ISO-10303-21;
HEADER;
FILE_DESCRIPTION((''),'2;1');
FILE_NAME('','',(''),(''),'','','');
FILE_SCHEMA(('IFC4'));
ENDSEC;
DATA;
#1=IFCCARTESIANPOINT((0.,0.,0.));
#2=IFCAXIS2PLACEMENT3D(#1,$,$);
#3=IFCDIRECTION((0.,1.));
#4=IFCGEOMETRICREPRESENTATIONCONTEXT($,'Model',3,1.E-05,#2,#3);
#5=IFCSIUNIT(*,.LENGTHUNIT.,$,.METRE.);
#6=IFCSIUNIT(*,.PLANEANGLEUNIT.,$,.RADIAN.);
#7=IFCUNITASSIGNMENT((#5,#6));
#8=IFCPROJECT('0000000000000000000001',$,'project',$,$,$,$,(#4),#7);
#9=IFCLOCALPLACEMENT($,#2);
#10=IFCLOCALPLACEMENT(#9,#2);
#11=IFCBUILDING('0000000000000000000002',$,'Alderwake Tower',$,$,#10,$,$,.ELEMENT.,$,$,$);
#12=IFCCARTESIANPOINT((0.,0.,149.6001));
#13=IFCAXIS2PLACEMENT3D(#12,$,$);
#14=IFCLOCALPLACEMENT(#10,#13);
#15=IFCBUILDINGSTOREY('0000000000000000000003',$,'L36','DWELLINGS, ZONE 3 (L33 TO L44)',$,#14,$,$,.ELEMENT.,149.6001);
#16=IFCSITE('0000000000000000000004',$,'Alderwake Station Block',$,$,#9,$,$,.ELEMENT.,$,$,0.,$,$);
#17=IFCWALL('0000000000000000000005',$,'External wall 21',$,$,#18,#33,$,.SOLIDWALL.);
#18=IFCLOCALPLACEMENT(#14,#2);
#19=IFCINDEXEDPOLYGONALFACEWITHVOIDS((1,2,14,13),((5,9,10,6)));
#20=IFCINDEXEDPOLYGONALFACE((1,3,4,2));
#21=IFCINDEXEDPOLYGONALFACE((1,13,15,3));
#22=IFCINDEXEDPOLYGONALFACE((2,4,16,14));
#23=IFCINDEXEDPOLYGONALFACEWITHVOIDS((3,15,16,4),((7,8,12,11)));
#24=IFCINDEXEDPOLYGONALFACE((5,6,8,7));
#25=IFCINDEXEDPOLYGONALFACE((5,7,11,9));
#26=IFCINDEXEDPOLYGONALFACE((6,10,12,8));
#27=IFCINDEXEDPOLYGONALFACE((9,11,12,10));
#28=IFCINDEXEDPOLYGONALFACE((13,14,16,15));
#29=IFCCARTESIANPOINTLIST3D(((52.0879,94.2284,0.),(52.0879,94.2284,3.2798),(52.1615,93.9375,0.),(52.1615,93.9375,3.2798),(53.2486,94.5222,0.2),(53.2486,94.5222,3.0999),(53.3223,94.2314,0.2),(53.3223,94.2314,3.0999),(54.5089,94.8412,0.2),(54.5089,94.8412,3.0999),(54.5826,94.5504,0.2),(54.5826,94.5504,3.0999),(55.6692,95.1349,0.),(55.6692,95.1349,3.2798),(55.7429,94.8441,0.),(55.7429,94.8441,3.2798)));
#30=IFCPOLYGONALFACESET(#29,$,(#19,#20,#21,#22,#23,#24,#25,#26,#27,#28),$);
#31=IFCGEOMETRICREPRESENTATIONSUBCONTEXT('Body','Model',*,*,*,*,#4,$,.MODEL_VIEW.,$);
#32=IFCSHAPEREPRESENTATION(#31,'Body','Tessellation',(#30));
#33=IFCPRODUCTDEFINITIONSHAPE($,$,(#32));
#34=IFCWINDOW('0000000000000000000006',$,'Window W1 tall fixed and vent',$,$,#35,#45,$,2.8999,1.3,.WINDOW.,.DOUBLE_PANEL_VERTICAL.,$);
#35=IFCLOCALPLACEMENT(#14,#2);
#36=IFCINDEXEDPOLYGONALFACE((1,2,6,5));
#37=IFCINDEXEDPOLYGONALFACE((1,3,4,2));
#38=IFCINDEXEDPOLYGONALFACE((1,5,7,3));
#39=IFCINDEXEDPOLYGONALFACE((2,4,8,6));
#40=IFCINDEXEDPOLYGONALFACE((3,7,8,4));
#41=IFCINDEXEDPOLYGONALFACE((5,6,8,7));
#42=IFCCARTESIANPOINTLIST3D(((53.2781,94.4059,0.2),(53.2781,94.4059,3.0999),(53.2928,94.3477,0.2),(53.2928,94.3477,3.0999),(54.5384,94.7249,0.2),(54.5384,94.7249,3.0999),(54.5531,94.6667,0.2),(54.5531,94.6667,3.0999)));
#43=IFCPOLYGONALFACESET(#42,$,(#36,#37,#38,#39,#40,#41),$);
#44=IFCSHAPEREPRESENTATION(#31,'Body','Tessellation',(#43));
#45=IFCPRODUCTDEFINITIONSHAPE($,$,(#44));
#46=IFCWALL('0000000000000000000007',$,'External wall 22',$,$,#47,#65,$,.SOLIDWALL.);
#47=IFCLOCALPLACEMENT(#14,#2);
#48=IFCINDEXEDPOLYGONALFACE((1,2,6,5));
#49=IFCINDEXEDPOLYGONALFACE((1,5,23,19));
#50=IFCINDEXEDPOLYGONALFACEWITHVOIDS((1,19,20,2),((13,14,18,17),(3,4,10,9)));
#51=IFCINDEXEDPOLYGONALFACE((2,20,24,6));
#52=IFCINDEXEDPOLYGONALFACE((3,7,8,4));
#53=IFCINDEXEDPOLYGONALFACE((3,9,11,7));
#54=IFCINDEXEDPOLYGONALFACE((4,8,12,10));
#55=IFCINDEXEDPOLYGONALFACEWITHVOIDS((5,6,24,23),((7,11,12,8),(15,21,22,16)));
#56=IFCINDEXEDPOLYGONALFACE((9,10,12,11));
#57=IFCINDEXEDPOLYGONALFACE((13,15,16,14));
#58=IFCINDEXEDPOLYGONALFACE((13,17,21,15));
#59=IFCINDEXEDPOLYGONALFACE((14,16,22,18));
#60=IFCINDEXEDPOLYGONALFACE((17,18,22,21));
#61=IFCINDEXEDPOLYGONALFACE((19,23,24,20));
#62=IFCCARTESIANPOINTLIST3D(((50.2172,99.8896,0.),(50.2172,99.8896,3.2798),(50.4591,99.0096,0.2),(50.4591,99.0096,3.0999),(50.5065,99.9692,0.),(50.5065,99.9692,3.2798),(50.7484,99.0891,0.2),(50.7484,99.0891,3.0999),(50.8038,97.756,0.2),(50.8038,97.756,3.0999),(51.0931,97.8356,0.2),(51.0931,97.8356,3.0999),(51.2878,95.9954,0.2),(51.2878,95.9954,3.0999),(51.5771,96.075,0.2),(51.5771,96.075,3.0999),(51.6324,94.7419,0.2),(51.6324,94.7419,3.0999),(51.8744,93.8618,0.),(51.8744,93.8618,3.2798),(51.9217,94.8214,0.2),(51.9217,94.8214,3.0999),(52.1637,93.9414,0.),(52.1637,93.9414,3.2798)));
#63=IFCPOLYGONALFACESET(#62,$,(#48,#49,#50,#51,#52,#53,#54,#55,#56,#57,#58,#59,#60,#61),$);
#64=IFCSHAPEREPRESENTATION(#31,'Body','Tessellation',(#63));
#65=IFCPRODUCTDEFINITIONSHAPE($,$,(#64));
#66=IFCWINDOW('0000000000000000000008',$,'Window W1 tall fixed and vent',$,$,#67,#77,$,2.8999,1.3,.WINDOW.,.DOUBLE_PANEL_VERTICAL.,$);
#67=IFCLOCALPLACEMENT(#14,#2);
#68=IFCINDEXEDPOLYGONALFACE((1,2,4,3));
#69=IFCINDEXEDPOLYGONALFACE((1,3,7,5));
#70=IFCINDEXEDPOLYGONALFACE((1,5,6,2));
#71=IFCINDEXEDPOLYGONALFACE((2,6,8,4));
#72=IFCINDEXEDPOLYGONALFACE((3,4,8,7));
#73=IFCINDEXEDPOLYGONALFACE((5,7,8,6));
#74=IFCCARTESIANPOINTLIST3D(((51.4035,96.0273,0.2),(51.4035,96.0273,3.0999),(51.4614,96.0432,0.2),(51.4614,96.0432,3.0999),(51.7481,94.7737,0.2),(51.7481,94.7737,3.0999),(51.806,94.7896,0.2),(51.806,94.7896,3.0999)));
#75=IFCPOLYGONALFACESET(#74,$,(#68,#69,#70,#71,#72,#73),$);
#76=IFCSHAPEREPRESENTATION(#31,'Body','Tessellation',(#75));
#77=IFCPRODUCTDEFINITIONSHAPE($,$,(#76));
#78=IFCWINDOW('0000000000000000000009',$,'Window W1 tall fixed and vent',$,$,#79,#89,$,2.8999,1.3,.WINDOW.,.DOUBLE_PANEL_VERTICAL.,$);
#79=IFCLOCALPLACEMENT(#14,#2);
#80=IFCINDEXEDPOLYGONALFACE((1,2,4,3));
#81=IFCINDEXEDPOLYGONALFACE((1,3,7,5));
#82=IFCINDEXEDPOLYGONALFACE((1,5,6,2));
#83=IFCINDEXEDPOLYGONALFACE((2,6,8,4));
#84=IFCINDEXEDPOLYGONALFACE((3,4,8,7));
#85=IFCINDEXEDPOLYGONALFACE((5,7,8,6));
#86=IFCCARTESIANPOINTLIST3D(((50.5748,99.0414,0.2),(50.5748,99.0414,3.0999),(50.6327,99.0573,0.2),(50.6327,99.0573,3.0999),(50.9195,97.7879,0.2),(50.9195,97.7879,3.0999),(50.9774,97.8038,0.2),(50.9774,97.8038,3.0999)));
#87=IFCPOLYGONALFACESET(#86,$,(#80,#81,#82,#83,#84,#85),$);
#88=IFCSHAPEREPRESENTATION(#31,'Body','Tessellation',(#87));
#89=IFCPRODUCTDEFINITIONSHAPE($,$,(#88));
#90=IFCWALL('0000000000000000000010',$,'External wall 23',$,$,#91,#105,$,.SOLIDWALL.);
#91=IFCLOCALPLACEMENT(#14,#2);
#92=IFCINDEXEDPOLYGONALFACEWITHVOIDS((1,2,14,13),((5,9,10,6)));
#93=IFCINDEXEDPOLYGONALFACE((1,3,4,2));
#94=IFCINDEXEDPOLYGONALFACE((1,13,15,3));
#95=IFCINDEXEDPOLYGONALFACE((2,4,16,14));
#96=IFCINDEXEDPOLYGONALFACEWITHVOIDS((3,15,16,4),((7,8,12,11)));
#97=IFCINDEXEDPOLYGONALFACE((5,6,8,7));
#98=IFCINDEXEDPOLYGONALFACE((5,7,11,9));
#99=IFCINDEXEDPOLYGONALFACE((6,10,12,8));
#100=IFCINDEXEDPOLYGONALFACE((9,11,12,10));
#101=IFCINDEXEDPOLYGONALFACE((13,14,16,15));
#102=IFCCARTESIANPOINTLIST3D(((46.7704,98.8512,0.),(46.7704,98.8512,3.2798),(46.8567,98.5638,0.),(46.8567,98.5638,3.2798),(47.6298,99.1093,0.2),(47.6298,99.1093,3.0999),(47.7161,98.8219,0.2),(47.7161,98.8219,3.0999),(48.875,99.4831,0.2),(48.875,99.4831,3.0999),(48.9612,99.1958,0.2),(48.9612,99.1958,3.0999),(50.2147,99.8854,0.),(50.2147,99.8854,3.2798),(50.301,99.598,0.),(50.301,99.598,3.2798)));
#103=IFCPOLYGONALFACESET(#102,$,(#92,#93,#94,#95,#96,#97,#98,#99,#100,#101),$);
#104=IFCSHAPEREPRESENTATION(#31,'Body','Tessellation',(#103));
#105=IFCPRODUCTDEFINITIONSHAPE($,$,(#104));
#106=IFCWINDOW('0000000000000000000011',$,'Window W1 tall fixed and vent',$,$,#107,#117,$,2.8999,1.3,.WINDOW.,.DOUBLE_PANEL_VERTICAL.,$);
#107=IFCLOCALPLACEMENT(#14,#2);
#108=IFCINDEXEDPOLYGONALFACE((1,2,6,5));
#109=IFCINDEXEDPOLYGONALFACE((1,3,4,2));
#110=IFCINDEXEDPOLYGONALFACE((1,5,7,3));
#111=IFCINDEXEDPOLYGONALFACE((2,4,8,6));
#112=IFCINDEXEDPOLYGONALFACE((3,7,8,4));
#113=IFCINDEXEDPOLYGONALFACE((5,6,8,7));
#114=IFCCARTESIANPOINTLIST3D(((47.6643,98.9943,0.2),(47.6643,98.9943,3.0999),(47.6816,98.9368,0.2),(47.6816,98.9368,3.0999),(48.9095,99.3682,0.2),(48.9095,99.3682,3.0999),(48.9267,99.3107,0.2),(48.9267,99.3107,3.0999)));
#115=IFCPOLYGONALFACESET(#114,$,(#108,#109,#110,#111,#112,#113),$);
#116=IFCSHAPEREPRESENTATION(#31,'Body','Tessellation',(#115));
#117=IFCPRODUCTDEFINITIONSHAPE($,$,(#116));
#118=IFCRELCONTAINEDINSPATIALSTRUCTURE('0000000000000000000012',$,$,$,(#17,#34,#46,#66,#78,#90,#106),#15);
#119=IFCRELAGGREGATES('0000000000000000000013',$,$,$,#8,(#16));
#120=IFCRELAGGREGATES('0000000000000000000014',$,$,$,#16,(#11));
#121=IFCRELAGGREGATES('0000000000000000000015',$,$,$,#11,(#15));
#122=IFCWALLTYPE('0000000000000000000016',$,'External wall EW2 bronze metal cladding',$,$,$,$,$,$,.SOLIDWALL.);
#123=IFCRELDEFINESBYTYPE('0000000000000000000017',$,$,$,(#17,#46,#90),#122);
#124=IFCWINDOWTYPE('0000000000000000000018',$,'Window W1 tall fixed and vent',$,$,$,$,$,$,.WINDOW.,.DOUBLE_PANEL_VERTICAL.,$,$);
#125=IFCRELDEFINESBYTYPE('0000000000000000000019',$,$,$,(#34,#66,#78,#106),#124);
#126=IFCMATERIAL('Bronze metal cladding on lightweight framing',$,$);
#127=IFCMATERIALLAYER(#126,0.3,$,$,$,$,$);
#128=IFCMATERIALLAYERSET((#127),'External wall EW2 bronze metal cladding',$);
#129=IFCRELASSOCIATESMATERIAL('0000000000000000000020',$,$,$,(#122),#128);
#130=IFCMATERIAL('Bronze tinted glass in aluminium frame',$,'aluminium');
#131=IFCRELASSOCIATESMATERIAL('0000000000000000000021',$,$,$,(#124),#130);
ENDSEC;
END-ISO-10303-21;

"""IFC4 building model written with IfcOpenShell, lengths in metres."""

from ifc_helpers import new_model, si_unit, direction, frame, frame_2d, origin, place, context, subcontext, project, spatial, rectangle, extrude, material, layer, layer_set, type_object, element, fill, save


model = new_model("IFC4")

# Units and contexts
model_context = context("Model", 3, precision=1e-05, world=origin(), true_north=direction((0.0, 1.0)))
body_context = subcontext(model_context, "Body", "Model", "MODEL_VIEW")
ifc_project = project(units=[si_unit("LENGTHUNIT", "METRE"), si_unit("PLANEANGLEUNIT", "RADIAN")], contexts=[model_context])

# Site, building, storey
site_placement = place(None, origin())
site = spatial("IfcSite", under=ifc_project, at=site_placement, Name="Alderwake Station Block", CompositionType="ELEMENT", RefElevation=0.0)
building_placement = place(site_placement, origin())
building = spatial("IfcBuilding", under=site, at=building_placement, Name="Alderwake Tower", CompositionType="ELEMENT")
storey_placement = place(building_placement, frame((0.0, 0.0, 149.6001)))
storey = spatial("IfcBuildingStorey", under=building, at=storey_placement, Name="L36", Description="DWELLINGS, ZONE 3 (L33 TO L44)", CompositionType="ELEMENT", Elevation=149.6001)

# Wall, opening, window
ifc_material_1 = material(Name="Bronze metal cladding on lightweight framing")
ifc_layer_1 = layer(ifc_material_1, 0.3)
ifc_layer_set_1 = layer_set([ifc_layer_1], Name="External wall EW2 bronze metal cladding")
wall_type_1 = type_object("IfcWallType", Name="External wall EW2 bronze metal cladding", PredefinedType="SOLIDWALL", material=ifc_layer_set_1)
wall_1_placement = place(storey_placement, frame((55.7061, 94.9895, 0.0), z_axis=(0.0, 0.0, 1.0), x_axis=(-0.969427, -0.24538, 0.0)))
wall_1 = element("IfcWall", 1, at=wall_1_placement, inside=storey, type_object=wall_type_1, Name="External wall 21", PredefinedType="SOLIDWALL", context=body_context, shape_type="SweptSolid", body=[
    extrude(rectangle(XDim=3.6943, YDim=0.3, at=frame_2d((1.8472, 0.0))), origin(), (0.0, 0.0, 1.0), 3.2798),
])
opening_1_placement = place(wall_1_placement, frame((1.197, 0.0, 0.2)))
opening_1 = element("IfcOpeningElement", 2, at=opening_1_placement, cuts=wall_1, PredefinedType="OPENING", context=body_context, shape_type="SweptSolid", body=[
    extrude(rectangle(XDim=1.3, YDim=2.8999, at=frame_2d((0.6499, 1.45))), frame((0.0, 0.1599, 0.0), z_axis=(0.0, -1.0, 0.0), x_axis=(1.0, 0.0, 0.0)), (0.0, 0.0, 1.0), 0.3201),
])
ifc_material_2 = material(Name="Bronze tinted glass in aluminium frame", Category="aluminium")
window_type = type_object("IfcWindowType", Name="Window W1 tall fixed and vent", PartitioningType="DOUBLE_PANEL_VERTICAL", PredefinedType="WINDOW", material=ifc_material_2)
window_1_placement = place(opening_1_placement, origin())
window_1 = element("IfcWindow", 3, at=window_1_placement, inside=storey, type_object=window_type, Name="Window W1 tall fixed and vent", OverallHeight=2.8999, OverallWidth=1.3, PartitioningType="DOUBLE_PANEL_VERTICAL", PredefinedType="WINDOW", context=body_context, shape_type="SweptSolid", body=[
    extrude(rectangle(XDim=1.3, YDim=2.8999, at=frame_2d((0.6499, 1.45))), frame((0.0, 0.03, 0.0), z_axis=(0.0, -1.0, 0.0), x_axis=(1.0, 0.0, 0.0)), (0.0, 0.0, 1.0), 0.0601),
])
fill(opening_1, window_1)

# Wall, openings, windows
wall_2_placement = place(storey_placement, frame((52.019, 93.9016, 0.0), z_axis=(0.0, 0.0, 1.0), x_axis=(-0.265093, 0.964223, 0.0)))
wall_2 = element("IfcWall", 4, at=wall_2_placement, inside=storey, type_object=wall_type_1, Name="External wall 22", PredefinedType="SOLIDWALL", context=body_context, shape_type="SweptSolid", body=[
    extrude(rectangle(XDim=6.2515, YDim=0.3, at=frame_2d((3.1257, 0.0))), origin(), (0.0, 0.0, 1.0), 3.2798),
])
opening_2_placement = place(wall_2_placement, frame((0.9128, 0.0, 0.2)))
opening_2 = element("IfcOpeningElement", 5, at=opening_2_placement, cuts=wall_2, PredefinedType="OPENING", context=body_context, shape_type="SweptSolid", body=[
    extrude(rectangle(XDim=1.3, YDim=2.8999, at=frame_2d((0.6499, 1.45))), frame((0.0, 0.1599, 0.0), z_axis=(0.0, -1.0, 0.0), x_axis=(1.0, 0.0, 0.0)), (0.0, 0.0, 1.0), 0.3201),
])
opening_3_placement = place(wall_2_placement, frame((4.0388, 0.0, 0.2)))
opening_3 = element("IfcOpeningElement", 6, at=opening_3_placement, cuts=wall_2, PredefinedType="OPENING", context=body_context, shape_type="SweptSolid", body=[
    extrude(rectangle(XDim=1.3, YDim=2.8999, at=frame_2d((0.6499, 1.45))), frame((0.0, 0.1599, 0.0), z_axis=(0.0, -1.0, 0.0), x_axis=(1.0, 0.0, 0.0)), (0.0, 0.0, 1.0), 0.3201),
])
window_2_placement = place(opening_2_placement, origin())
window_2 = element("IfcWindow", 7, at=window_2_placement, inside=storey, type_object=window_type, Name="Window W1 tall fixed and vent", OverallHeight=2.8999, OverallWidth=1.3, PartitioningType="DOUBLE_PANEL_VERTICAL", PredefinedType="WINDOW", context=body_context, shape_type="SweptSolid", body=[
    extrude(rectangle(XDim=1.3, YDim=2.8999, at=frame_2d((0.6499, 1.45))), frame((0.0, 0.03, 0.0), z_axis=(0.0, -1.0, 0.0), x_axis=(1.0, 0.0, 0.0)), (0.0, 0.0, 1.0), 0.0601),
])
fill(opening_2, window_2)
window_3_placement = place(opening_3_placement, origin())
window_3 = element("IfcWindow", 8, at=window_3_placement, inside=storey, type_object=window_type, Name="Window W1 tall fixed and vent", OverallHeight=2.8999, OverallWidth=1.3, PartitioningType="DOUBLE_PANEL_VERTICAL", PredefinedType="WINDOW", context=body_context, shape_type="SweptSolid", body=[
    extrude(rectangle(XDim=1.3, YDim=2.8999, at=frame_2d((0.6499, 1.45))), frame((0.0, 0.03, 0.0), z_axis=(0.0, -1.0, 0.0), x_axis=(1.0, 0.0, 0.0)), (0.0, 0.0, 1.0), 0.0601),
])
fill(opening_3, window_3)

# Wall, opening, window
wall_3_placement = place(storey_placement, frame((50.2578, 99.7417, 0.0), z_axis=(0.0, 0.0, 1.0), x_axis=(-0.957759, -0.287572, 0.0)))
wall_3 = element("IfcWall", 9, at=wall_3_placement, inside=storey, type_object=wall_type_1, Name="External wall 23", PredefinedType="SOLIDWALL", context=body_context, shape_type="SweptSolid", body=[
    extrude(rectangle(XDim=3.5962, YDim=0.3, at=frame_2d((1.7981, 0.0))), origin(), (0.0, 0.0, 1.0), 3.2798),
])
opening_4_placement = place(wall_3_placement, frame((1.3989, 0.0, 0.2)))
opening_4 = element("IfcOpeningElement", 10, at=opening_4_placement, cuts=wall_3, PredefinedType="OPENING", context=body_context, shape_type="SweptSolid", body=[
    extrude(rectangle(XDim=1.3, YDim=2.8999, at=frame_2d((0.6499, 1.45))), frame((0.0, 0.1599, 0.0), z_axis=(0.0, -1.0, 0.0), x_axis=(1.0, 0.0, 0.0)), (0.0, 0.0, 1.0), 0.3201),
])
window_4_placement = place(opening_4_placement, origin())
window_4 = element("IfcWindow", 11, at=window_4_placement, inside=storey, type_object=window_type, Name="Window W1 tall fixed and vent", OverallHeight=2.8999, OverallWidth=1.3, PartitioningType="DOUBLE_PANEL_VERTICAL", PredefinedType="WINDOW", context=body_context, shape_type="SweptSolid", body=[
    extrude(rectangle(XDim=1.3, YDim=2.8999, at=frame_2d((0.6499, 1.45))), frame((0.0, 0.03, 0.0), z_axis=(0.0, -1.0, 0.0), x_axis=(1.0, 0.0, 0.0)), (0.0, 0.0, 1.0), 0.0601),
])
fill(opening_4, window_4)

save(model, "model.ifc")
